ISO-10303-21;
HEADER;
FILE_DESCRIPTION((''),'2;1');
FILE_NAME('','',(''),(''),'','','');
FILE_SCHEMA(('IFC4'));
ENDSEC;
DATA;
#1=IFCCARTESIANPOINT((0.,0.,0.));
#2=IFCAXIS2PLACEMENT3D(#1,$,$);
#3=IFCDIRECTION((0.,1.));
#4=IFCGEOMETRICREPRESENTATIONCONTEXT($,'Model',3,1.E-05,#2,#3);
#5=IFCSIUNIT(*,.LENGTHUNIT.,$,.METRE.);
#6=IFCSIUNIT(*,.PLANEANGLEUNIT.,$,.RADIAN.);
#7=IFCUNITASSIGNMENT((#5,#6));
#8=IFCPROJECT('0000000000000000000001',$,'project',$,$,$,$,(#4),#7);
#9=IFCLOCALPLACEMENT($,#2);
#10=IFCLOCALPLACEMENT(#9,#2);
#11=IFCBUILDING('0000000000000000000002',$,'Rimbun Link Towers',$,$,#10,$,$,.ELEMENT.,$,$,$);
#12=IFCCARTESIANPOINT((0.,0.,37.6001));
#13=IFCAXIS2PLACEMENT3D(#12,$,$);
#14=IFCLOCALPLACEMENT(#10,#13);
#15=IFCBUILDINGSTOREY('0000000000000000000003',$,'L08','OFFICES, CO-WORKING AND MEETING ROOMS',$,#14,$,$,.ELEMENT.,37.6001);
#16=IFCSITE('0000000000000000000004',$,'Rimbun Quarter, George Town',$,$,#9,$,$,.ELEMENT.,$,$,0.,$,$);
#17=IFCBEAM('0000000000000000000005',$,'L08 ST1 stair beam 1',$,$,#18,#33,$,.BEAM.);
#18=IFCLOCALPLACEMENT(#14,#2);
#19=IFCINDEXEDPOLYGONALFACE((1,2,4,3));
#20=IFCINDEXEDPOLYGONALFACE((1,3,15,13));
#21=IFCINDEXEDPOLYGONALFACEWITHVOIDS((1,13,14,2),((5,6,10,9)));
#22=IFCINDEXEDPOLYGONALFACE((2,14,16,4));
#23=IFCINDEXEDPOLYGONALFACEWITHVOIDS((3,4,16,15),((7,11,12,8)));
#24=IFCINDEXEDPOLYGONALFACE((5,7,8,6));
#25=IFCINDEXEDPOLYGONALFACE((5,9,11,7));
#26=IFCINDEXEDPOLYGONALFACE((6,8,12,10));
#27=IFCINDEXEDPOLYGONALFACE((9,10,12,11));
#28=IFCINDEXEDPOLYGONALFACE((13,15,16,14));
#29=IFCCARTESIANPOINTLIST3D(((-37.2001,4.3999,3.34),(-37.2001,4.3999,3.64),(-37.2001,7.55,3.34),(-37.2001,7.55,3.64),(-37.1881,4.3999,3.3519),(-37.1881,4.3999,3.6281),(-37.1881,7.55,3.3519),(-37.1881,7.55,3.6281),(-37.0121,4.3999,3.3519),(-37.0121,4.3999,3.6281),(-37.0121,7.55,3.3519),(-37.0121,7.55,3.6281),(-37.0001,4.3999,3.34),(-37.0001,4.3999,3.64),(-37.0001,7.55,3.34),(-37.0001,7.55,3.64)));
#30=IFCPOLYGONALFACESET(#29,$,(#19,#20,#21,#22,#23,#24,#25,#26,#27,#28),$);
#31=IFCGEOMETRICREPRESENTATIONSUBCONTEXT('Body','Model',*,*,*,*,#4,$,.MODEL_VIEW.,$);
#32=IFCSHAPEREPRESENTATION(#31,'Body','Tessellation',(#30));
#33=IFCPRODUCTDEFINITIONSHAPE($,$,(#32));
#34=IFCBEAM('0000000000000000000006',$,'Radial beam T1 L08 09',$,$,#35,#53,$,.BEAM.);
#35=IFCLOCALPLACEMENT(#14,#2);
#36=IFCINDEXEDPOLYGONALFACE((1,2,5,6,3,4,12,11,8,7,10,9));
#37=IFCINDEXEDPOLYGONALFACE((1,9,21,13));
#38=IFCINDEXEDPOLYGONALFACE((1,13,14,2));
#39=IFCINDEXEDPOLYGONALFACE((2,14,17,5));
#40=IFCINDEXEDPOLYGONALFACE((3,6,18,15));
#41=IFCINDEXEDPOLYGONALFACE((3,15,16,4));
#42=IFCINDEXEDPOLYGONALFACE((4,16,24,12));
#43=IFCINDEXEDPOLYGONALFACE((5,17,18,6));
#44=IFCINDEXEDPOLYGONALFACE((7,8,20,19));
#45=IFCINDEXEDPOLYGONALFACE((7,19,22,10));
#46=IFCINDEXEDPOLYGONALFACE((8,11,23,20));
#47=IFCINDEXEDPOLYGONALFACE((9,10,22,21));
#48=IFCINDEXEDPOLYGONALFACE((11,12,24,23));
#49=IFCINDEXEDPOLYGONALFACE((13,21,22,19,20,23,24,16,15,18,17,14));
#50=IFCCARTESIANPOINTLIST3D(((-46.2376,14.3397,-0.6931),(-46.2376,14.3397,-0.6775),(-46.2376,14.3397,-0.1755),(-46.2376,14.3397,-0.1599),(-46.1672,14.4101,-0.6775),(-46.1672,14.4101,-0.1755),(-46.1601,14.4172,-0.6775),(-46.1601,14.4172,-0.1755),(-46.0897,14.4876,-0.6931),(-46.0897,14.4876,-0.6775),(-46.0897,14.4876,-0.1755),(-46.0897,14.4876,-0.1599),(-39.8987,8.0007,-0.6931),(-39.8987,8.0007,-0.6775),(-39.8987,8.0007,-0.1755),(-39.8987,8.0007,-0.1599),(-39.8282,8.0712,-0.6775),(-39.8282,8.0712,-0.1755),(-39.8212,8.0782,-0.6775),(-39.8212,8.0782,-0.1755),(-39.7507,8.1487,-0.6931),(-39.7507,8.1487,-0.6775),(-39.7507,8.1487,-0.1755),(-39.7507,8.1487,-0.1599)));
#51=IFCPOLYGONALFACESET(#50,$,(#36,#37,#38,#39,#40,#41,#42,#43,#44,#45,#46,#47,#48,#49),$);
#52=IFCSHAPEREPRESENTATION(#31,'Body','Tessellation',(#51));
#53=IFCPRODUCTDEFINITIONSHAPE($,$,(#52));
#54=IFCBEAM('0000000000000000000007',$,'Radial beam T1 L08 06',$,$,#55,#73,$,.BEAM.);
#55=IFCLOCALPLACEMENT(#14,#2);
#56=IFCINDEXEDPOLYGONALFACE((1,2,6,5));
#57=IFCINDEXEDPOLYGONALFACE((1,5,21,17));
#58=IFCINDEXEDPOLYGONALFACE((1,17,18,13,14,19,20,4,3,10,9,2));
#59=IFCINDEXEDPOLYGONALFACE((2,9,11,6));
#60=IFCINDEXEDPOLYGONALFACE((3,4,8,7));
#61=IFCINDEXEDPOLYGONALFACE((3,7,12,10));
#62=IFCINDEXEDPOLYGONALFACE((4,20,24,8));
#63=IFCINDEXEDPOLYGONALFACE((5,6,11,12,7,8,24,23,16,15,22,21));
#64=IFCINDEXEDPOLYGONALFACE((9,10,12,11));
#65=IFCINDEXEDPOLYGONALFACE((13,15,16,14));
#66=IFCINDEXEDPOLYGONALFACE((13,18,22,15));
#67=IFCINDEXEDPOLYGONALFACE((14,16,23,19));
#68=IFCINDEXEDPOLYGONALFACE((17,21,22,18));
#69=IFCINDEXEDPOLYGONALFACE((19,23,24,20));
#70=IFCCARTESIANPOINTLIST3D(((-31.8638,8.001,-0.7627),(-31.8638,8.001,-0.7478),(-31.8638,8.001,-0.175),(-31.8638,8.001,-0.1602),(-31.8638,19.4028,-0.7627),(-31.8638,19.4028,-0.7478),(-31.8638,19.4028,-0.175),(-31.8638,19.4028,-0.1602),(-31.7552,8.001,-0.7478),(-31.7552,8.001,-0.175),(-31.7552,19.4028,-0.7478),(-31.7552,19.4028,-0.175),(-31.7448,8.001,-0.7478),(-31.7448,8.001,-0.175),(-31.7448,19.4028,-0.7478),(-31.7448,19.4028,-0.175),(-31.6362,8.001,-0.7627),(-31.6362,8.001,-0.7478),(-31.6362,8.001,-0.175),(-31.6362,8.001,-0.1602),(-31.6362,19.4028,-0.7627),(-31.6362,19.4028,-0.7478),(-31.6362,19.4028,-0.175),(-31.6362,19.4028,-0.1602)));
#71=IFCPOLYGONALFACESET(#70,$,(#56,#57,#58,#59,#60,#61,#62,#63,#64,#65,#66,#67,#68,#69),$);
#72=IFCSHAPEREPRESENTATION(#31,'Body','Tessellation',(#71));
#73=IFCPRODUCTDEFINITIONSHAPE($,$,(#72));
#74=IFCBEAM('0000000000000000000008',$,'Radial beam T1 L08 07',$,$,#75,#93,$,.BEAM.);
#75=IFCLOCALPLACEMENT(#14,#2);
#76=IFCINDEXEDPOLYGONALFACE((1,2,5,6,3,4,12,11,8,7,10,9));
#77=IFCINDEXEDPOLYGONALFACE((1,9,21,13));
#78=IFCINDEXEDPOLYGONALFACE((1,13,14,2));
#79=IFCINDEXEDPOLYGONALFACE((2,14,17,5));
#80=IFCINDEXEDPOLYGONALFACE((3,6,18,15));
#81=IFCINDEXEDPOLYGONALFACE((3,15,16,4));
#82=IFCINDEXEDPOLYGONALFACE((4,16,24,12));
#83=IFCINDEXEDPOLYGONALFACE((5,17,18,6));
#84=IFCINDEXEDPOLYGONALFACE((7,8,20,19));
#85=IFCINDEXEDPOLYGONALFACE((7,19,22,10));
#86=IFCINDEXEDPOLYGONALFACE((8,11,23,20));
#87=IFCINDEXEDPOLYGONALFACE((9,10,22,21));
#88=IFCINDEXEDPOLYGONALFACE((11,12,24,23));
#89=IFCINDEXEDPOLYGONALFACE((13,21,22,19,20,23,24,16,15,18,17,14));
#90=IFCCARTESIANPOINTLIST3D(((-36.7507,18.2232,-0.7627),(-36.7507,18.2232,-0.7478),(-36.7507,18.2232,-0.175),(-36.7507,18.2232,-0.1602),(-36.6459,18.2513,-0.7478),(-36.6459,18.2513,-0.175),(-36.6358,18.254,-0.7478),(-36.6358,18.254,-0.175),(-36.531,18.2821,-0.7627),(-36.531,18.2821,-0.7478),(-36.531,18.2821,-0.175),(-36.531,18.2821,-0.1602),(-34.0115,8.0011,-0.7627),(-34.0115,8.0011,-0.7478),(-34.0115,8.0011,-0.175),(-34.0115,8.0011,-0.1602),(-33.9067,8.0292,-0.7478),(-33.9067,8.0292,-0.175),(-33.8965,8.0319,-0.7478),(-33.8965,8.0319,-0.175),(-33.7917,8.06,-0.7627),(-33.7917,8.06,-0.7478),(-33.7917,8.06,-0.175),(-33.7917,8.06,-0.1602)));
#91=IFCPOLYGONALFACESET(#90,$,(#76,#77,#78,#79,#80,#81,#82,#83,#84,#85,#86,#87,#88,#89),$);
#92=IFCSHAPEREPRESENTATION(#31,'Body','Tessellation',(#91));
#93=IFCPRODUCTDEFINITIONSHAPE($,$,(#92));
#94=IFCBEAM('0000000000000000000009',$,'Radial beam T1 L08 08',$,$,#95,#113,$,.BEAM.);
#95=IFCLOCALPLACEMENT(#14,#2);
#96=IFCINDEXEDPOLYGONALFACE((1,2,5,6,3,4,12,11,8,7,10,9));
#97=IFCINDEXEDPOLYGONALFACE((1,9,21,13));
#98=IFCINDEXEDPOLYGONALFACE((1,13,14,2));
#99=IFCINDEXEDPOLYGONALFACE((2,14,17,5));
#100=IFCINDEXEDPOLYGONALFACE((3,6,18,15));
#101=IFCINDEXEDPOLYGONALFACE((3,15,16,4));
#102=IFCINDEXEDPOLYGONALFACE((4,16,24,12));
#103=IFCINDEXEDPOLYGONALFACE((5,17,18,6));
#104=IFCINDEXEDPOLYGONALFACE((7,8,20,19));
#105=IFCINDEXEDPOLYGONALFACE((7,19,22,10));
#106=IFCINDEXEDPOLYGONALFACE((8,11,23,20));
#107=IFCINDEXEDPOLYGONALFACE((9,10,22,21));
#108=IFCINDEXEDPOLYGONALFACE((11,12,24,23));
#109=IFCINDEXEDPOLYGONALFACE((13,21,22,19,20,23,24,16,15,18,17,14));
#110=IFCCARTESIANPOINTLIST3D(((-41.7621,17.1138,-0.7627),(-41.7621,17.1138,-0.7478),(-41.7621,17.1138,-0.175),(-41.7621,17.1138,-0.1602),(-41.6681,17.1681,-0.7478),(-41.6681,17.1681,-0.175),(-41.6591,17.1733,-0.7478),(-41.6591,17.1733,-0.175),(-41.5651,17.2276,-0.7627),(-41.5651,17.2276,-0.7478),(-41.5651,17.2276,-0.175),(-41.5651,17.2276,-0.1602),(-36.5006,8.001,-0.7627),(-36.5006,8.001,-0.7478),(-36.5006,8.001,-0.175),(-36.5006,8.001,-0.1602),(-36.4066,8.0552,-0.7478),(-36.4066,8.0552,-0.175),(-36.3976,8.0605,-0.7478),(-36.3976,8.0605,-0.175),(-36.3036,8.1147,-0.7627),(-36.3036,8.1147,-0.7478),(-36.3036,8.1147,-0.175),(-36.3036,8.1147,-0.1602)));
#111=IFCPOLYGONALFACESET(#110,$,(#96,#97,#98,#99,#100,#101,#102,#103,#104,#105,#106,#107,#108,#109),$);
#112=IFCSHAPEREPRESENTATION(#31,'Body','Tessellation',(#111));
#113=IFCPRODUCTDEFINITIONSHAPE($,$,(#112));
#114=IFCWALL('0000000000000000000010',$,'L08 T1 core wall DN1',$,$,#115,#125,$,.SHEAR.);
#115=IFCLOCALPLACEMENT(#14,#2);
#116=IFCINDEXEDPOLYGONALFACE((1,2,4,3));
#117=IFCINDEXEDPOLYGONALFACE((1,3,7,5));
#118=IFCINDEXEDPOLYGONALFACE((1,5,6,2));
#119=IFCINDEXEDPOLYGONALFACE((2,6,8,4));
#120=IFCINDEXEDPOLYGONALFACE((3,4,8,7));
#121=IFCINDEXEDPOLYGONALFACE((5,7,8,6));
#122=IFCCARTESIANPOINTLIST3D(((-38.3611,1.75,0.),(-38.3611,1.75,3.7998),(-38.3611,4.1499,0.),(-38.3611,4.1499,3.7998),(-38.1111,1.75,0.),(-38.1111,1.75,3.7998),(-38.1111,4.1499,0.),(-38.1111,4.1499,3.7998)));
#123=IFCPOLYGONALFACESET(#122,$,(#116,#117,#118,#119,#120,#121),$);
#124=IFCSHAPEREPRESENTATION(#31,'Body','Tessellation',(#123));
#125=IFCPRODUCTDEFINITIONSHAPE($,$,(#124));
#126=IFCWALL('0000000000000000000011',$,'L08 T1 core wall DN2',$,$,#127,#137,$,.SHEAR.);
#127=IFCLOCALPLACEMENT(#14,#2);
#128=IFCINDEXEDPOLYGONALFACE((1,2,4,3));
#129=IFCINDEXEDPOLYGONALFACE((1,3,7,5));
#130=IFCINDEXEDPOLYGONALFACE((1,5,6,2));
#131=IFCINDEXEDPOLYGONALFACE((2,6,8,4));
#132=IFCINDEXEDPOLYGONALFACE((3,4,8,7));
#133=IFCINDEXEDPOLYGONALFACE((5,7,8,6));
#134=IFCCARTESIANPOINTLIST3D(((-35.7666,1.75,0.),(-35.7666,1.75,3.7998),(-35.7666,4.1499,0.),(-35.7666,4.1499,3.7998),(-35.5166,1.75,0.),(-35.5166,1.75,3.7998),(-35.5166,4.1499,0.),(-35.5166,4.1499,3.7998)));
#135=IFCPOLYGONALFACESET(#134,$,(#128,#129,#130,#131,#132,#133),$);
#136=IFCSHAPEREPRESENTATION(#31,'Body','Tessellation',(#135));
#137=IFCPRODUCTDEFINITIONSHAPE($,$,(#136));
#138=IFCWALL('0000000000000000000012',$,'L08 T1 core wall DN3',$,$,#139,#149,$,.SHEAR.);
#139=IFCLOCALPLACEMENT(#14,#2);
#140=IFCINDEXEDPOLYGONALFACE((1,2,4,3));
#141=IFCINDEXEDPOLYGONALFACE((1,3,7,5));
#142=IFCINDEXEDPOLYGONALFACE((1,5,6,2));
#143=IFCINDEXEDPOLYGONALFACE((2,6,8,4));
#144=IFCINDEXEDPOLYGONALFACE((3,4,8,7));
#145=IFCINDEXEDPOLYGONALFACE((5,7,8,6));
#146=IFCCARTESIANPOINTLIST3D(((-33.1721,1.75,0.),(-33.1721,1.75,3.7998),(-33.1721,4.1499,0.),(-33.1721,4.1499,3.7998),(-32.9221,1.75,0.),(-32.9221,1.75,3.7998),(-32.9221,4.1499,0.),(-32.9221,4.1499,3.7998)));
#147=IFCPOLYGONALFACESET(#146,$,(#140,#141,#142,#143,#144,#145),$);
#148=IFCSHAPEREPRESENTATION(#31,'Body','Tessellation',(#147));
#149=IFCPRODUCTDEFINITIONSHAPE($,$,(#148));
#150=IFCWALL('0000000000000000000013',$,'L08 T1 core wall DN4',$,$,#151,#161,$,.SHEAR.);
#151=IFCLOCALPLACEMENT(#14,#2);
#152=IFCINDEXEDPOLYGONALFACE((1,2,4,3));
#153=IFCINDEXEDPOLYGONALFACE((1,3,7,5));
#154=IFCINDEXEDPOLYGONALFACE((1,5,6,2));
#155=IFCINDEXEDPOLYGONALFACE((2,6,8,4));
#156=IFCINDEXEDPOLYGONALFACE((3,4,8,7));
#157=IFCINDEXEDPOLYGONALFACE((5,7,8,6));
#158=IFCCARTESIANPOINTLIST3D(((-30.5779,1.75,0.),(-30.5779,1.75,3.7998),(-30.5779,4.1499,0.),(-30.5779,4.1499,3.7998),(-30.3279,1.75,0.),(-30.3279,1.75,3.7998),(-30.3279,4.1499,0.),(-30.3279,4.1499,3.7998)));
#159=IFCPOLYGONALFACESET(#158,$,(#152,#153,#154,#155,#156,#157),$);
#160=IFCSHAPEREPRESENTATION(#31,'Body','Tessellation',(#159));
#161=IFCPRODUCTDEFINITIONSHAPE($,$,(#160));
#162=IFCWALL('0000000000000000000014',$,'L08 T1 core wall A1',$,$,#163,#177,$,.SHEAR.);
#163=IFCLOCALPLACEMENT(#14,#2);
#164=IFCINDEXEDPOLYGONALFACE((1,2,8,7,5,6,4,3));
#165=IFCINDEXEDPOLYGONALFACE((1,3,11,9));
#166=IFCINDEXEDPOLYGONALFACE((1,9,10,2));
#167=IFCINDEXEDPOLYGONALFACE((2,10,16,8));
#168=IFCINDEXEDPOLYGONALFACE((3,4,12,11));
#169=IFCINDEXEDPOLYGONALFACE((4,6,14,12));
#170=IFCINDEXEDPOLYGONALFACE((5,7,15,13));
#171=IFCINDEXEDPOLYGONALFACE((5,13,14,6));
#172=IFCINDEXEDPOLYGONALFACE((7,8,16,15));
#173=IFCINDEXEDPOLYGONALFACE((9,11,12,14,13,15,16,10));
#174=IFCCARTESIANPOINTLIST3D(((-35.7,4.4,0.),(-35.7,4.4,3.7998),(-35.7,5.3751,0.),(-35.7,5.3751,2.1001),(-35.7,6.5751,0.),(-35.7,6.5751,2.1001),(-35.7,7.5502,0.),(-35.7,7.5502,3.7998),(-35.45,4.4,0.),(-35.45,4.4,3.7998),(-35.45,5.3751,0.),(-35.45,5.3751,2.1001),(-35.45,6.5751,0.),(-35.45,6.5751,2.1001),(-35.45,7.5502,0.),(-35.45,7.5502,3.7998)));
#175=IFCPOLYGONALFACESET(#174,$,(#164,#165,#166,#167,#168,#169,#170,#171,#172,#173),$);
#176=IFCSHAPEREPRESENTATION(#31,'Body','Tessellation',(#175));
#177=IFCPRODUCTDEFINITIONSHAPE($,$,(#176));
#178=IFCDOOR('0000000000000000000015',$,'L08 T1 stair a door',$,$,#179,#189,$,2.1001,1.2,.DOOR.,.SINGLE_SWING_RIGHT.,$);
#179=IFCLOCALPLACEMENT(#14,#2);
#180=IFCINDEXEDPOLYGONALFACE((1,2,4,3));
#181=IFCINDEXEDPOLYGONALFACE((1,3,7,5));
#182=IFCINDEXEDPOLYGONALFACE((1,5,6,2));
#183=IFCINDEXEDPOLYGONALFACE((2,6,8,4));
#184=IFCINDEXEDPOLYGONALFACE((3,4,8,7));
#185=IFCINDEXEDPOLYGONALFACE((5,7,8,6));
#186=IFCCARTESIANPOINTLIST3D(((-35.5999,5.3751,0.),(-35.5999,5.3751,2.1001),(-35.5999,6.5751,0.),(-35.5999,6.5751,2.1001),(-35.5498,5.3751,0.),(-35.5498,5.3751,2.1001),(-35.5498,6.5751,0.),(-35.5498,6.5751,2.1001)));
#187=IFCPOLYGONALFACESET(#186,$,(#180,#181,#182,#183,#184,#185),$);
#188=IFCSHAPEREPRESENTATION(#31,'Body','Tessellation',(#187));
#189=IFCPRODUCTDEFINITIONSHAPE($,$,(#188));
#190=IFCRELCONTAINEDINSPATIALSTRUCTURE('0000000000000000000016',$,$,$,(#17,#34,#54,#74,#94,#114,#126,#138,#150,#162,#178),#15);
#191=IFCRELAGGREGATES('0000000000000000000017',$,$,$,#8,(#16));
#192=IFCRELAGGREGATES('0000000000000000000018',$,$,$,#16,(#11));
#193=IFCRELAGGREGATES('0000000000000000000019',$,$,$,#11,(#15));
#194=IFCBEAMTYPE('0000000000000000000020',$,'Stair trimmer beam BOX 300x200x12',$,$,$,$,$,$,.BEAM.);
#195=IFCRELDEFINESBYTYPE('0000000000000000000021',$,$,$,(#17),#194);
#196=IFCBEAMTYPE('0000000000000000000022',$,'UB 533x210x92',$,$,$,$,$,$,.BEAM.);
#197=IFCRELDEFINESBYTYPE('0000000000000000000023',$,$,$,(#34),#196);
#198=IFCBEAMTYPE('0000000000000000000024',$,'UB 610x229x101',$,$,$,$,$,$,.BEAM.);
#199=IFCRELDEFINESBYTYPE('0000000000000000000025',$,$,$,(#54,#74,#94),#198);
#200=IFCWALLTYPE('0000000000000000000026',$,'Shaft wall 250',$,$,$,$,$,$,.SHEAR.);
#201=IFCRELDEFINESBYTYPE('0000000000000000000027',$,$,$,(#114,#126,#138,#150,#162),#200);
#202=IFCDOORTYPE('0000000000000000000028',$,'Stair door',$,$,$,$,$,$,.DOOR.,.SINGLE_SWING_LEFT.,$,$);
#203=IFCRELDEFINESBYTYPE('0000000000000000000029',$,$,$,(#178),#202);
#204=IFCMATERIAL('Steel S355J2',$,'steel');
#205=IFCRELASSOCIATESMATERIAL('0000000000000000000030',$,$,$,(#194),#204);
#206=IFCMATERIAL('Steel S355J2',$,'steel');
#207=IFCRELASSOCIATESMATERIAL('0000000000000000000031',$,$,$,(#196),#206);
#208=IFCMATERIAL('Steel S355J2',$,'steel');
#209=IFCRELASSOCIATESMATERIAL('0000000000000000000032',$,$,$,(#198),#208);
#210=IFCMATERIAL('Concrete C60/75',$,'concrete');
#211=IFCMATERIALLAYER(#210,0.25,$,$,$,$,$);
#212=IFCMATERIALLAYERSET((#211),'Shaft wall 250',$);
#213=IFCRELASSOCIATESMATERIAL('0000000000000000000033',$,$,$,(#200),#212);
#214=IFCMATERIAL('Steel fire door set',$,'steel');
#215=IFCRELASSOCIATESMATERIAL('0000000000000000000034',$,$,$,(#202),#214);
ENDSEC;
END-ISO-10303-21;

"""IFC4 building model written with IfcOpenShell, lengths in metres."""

from ifc_helpers import new_model, si_unit, direction, frame, frame_2d, origin, origin_2d, place, context, subcontext, project, spatial, rectangle, hollow_rectangle, i_section, extrude, material, layer, layer_set, material_profile, profile_set, type_object, element, fill, save


model = new_model("IFC4")

# Units and contexts
model_context = context("Model", 3, precision=1e-05, world=origin(), true_north=direction((0.0, 1.0)))
body_context = subcontext(model_context, "Body", "Model", "MODEL_VIEW")
ifc_project = project(units=[si_unit("LENGTHUNIT", "METRE"), si_unit("PLANEANGLEUNIT", "RADIAN")], contexts=[model_context])

# Site, building, storey
site_placement = place(None, origin())
site = spatial("IfcSite", under=ifc_project, at=site_placement, Name="Rimbun Quarter, George Town", CompositionType="ELEMENT", RefElevation=0.0)
building_placement = place(site_placement, origin())
building = spatial("IfcBuilding", under=site, at=building_placement, Name="Rimbun Link Towers", CompositionType="ELEMENT")
storey_placement = place(building_placement, frame((0.0, 0.0, 37.6001)))
storey = spatial("IfcBuildingStorey", under=building, at=storey_placement, Name="L08", Description="OFFICES, CO-WORKING AND MEETING ROOMS", CompositionType="ELEMENT", Elevation=37.6001)

# Beams
ifc_material_1 = material(Name="Steel S355J2", Category="steel")
ifc_material_profile_1 = material_profile(ifc_material_1, hollow_rectangle(XDim=0.2, YDim=0.3, WallThickness=0.012, at=origin_2d()), Name="BOX 300x200x12")
ifc_profile_set_1 = profile_set([ifc_material_profile_1], Name="Steel S355J2")
beam_type_1 = type_object("IfcBeamType", Name="Stair trimmer beam BOX 300x200x12", PredefinedType="BEAM", material=ifc_profile_set_1)
beam_1_placement = place(storey_placement, frame((-37.1001, 7.55, 3.49), z_axis=(0.0, -1.0, 0.0), x_axis=(1.0, 0.0, 0.0)))
element("IfcBeam", 1, at=beam_1_placement, inside=storey, type_object=beam_type_1, Name="L08 ST1 stair beam 1", PredefinedType="BEAM", context=body_context, shape_type="SweptSolid", body=[
    extrude(hollow_rectangle(XDim=0.2, YDim=0.3, WallThickness=0.012, at=origin_2d()), origin(), (0.0, 0.0, 1.0), 3.1501),
])
ifc_material_2 = material(Name="Steel S355J2", Category="steel")
ifc_material_profile_2 = material_profile(ifc_material_2, i_section(OverallWidth=0.2092, OverallDepth=0.5332, WebThickness=0.01, FlangeThickness=0.0156, at=origin_2d()), Name="UB 533x210x92")
ifc_profile_set_2 = profile_set([ifc_material_profile_2], Name="Steel S355J2")
beam_type_2 = type_object("IfcBeamType", Name="UB 533x210x92", PredefinedType="BEAM", material=ifc_profile_set_2)
beam_2_placement = place(storey_placement, frame((-39.8247, 8.0747, -0.4265), z_axis=(-0.707107, 0.707107, 0.0), x_axis=(-0.707107, -0.707107, 0.0)))
element("IfcBeam", 2, at=beam_2_placement, inside=storey, type_object=beam_type_2, Name="Radial beam T1 L08 09", PredefinedType="BEAM", context=body_context, shape_type="SweptSolid", body=[
    extrude(i_section(OverallWidth=0.2092, OverallDepth=0.5332, WebThickness=0.01, FlangeThickness=0.0156, at=origin_2d()), origin(), (0.0, 0.0, 1.0), 8.9646),
])
ifc_material_3 = material(Name="Steel S355J2", Category="steel")
ifc_material_profile_3 = material_profile(ifc_material_3, i_section(OverallWidth=0.2275, OverallDepth=0.6025, WebThickness=0.0105, FlangeThickness=0.0149, at=origin_2d()), Name="UB 610x229x101")
ifc_profile_set_3 = profile_set([ifc_material_profile_3], Name="Steel S355J2")
beam_type_3 = type_object("IfcBeamType", Name="UB 610x229x101", PredefinedType="BEAM", material=ifc_profile_set_3)
beam_3_placement = place(storey_placement, frame((-31.75, 8.001, -0.4614), z_axis=(0.0, 1.0, 0.0), x_axis=(-1.0, 0.0, 0.0)))
element("IfcBeam", 3, at=beam_3_placement, inside=storey, type_object=beam_type_3, Name="Radial beam T1 L08 06", PredefinedType="BEAM", context=body_context, shape_type="SweptSolid", body=[
    extrude(i_section(OverallWidth=0.2275, OverallDepth=0.6025, WebThickness=0.0105, FlangeThickness=0.0149, at=origin_2d()), origin(), (0.0, 0.0, 1.0), 11.4019),
])
beam_4_placement = place(storey_placement, frame((-33.9016, 8.0305, -0.4614), z_axis=(-0.25884, 0.96592, 0.0), x_axis=(-0.96592, -0.25884, 0.0)))
element("IfcBeam", 4, at=beam_4_placement, inside=storey, type_object=beam_type_3, Name="Radial beam T1 L08 07", PredefinedType="BEAM", context=body_context, shape_type="SweptSolid", body=[
    extrude(i_section(OverallWidth=0.2275, OverallDepth=0.6025, WebThickness=0.0105, FlangeThickness=0.0149, at=origin_2d()), origin(), (0.0, 0.0, 1.0), 10.5828),
])
beam_5_placement = place(storey_placement, frame((-36.4021, 8.0579, -0.4614), z_axis=(-0.500014, 0.866017, 0.0), x_axis=(-0.866017, -0.500014, 0.0)))
element("IfcBeam", 5, at=beam_5_placement, inside=storey, type_object=beam_type_3, Name="Radial beam T1 L08 08", PredefinedType="BEAM", context=body_context, shape_type="SweptSolid", body=[
    extrude(i_section(OverallWidth=0.2275, OverallDepth=0.6025, WebThickness=0.0105, FlangeThickness=0.0149, at=origin_2d()), origin(), (0.0, 0.0, 1.0), 10.5227),
])

# Walls
ifc_material_4 = material(Name="Concrete C60/75", Category="concrete")
ifc_layer = layer(ifc_material_4, 0.25)
ifc_layer_set = layer_set([ifc_layer], Name="Shaft wall 250")
wall_type = type_object("IfcWallType", Name="Shaft wall 250", PredefinedType="SHEAR", material=ifc_layer_set)
for number, where, z_axis, x_axis, name in (
    (6, (-38.2361, 1.75, 0.0), (0.0, 0.0, 1.0), (0.0, 1.0, 0.0), "L08 T1 core wall DN1"),
    (7, (-35.6416, 1.75, 0.0), (0.0, 0.0, 1.0), (0.0, 1.0, 0.0), "L08 T1 core wall DN2"),
    (8, (-33.0471, 1.75, 0.0), (0.0, 0.0, 1.0), (0.0, 1.0, 0.0), "L08 T1 core wall DN3"),
    (9, (-30.4529, 1.75, 0.0), (0.0, 0.0, 1.0), (0.0, 1.0, 0.0), "L08 T1 core wall DN4"),
):
    element("IfcWall", number, at=place(storey_placement, frame(where, z_axis=z_axis, x_axis=x_axis)), inside=storey, type_object=wall_type, Name=name, PredefinedType="SHEAR", context=body_context, shape_type="SweptSolid", body=[
        extrude(rectangle(XDim=2.3999, YDim=0.25, at=frame_2d((1.2, 0.0))), origin(), (0.0, 0.0, 1.0), 3.7998),
    ])

# Wall, opening, door
wall_1_placement = place(storey_placement, frame((-35.575, 4.3999, 0.0), z_axis=(0.0, 0.0, 1.0), x_axis=(0.0, 1.0, 0.0)))
wall_1 = element("IfcWall", 10, at=wall_1_placement, inside=storey, type_object=wall_type, Name="L08 T1 core wall A1", PredefinedType="SHEAR", context=body_context, shape_type="SweptSolid", body=[
    extrude(rectangle(XDim=3.1501, YDim=0.25, at=frame_2d((1.5752, 0.0))), origin(), (0.0, 0.0, 1.0), 3.7998),
])
opening_1_placement = place(wall_1_placement, frame((0.9751, 0.0, 0.0)))
opening_1 = element("IfcOpeningElement", 11, at=opening_1_placement, cuts=wall_1, PredefinedType="OPENING", context=body_context, shape_type="SweptSolid", body=[
    extrude(rectangle(XDim=1.2, YDim=2.1001, at=frame_2d((0.6001, 1.05))), frame((0.0, 0.135, 0.0), z_axis=(0.0, -1.0, 0.0), x_axis=(1.0, 0.0, 0.0)), (0.0, 0.0, 1.0), 0.27),
])
ifc_material_5 = material(Name="Steel fire door set", Category="steel")
door_type_1 = type_object("IfcDoorType", Name="Stair door", OperationType="SINGLE_SWING_LEFT", PredefinedType="DOOR", material=ifc_material_5)
door_1_placement = place(opening_1_placement, origin())
door_1 = element("IfcDoor", 12, at=door_1_placement, inside=storey, type_object=door_type_1, Name="L08 T1 stair a door", OperationType="SINGLE_SWING_RIGHT", OverallHeight=2.1001, OverallWidth=1.2, PredefinedType="DOOR", context=body_context, shape_type="SweptSolid", body=[
    extrude(rectangle(XDim=1.2, YDim=2.1001, at=frame_2d((0.6001, 1.05))), frame((0.0, 0.0249, 0.0), z_axis=(0.0, -1.0, 0.0), x_axis=(1.0, 0.0, 0.0)), (0.0, 0.0, 1.0), 0.05),
])
fill(opening_1, door_1)

save(model, "model.ifc")
